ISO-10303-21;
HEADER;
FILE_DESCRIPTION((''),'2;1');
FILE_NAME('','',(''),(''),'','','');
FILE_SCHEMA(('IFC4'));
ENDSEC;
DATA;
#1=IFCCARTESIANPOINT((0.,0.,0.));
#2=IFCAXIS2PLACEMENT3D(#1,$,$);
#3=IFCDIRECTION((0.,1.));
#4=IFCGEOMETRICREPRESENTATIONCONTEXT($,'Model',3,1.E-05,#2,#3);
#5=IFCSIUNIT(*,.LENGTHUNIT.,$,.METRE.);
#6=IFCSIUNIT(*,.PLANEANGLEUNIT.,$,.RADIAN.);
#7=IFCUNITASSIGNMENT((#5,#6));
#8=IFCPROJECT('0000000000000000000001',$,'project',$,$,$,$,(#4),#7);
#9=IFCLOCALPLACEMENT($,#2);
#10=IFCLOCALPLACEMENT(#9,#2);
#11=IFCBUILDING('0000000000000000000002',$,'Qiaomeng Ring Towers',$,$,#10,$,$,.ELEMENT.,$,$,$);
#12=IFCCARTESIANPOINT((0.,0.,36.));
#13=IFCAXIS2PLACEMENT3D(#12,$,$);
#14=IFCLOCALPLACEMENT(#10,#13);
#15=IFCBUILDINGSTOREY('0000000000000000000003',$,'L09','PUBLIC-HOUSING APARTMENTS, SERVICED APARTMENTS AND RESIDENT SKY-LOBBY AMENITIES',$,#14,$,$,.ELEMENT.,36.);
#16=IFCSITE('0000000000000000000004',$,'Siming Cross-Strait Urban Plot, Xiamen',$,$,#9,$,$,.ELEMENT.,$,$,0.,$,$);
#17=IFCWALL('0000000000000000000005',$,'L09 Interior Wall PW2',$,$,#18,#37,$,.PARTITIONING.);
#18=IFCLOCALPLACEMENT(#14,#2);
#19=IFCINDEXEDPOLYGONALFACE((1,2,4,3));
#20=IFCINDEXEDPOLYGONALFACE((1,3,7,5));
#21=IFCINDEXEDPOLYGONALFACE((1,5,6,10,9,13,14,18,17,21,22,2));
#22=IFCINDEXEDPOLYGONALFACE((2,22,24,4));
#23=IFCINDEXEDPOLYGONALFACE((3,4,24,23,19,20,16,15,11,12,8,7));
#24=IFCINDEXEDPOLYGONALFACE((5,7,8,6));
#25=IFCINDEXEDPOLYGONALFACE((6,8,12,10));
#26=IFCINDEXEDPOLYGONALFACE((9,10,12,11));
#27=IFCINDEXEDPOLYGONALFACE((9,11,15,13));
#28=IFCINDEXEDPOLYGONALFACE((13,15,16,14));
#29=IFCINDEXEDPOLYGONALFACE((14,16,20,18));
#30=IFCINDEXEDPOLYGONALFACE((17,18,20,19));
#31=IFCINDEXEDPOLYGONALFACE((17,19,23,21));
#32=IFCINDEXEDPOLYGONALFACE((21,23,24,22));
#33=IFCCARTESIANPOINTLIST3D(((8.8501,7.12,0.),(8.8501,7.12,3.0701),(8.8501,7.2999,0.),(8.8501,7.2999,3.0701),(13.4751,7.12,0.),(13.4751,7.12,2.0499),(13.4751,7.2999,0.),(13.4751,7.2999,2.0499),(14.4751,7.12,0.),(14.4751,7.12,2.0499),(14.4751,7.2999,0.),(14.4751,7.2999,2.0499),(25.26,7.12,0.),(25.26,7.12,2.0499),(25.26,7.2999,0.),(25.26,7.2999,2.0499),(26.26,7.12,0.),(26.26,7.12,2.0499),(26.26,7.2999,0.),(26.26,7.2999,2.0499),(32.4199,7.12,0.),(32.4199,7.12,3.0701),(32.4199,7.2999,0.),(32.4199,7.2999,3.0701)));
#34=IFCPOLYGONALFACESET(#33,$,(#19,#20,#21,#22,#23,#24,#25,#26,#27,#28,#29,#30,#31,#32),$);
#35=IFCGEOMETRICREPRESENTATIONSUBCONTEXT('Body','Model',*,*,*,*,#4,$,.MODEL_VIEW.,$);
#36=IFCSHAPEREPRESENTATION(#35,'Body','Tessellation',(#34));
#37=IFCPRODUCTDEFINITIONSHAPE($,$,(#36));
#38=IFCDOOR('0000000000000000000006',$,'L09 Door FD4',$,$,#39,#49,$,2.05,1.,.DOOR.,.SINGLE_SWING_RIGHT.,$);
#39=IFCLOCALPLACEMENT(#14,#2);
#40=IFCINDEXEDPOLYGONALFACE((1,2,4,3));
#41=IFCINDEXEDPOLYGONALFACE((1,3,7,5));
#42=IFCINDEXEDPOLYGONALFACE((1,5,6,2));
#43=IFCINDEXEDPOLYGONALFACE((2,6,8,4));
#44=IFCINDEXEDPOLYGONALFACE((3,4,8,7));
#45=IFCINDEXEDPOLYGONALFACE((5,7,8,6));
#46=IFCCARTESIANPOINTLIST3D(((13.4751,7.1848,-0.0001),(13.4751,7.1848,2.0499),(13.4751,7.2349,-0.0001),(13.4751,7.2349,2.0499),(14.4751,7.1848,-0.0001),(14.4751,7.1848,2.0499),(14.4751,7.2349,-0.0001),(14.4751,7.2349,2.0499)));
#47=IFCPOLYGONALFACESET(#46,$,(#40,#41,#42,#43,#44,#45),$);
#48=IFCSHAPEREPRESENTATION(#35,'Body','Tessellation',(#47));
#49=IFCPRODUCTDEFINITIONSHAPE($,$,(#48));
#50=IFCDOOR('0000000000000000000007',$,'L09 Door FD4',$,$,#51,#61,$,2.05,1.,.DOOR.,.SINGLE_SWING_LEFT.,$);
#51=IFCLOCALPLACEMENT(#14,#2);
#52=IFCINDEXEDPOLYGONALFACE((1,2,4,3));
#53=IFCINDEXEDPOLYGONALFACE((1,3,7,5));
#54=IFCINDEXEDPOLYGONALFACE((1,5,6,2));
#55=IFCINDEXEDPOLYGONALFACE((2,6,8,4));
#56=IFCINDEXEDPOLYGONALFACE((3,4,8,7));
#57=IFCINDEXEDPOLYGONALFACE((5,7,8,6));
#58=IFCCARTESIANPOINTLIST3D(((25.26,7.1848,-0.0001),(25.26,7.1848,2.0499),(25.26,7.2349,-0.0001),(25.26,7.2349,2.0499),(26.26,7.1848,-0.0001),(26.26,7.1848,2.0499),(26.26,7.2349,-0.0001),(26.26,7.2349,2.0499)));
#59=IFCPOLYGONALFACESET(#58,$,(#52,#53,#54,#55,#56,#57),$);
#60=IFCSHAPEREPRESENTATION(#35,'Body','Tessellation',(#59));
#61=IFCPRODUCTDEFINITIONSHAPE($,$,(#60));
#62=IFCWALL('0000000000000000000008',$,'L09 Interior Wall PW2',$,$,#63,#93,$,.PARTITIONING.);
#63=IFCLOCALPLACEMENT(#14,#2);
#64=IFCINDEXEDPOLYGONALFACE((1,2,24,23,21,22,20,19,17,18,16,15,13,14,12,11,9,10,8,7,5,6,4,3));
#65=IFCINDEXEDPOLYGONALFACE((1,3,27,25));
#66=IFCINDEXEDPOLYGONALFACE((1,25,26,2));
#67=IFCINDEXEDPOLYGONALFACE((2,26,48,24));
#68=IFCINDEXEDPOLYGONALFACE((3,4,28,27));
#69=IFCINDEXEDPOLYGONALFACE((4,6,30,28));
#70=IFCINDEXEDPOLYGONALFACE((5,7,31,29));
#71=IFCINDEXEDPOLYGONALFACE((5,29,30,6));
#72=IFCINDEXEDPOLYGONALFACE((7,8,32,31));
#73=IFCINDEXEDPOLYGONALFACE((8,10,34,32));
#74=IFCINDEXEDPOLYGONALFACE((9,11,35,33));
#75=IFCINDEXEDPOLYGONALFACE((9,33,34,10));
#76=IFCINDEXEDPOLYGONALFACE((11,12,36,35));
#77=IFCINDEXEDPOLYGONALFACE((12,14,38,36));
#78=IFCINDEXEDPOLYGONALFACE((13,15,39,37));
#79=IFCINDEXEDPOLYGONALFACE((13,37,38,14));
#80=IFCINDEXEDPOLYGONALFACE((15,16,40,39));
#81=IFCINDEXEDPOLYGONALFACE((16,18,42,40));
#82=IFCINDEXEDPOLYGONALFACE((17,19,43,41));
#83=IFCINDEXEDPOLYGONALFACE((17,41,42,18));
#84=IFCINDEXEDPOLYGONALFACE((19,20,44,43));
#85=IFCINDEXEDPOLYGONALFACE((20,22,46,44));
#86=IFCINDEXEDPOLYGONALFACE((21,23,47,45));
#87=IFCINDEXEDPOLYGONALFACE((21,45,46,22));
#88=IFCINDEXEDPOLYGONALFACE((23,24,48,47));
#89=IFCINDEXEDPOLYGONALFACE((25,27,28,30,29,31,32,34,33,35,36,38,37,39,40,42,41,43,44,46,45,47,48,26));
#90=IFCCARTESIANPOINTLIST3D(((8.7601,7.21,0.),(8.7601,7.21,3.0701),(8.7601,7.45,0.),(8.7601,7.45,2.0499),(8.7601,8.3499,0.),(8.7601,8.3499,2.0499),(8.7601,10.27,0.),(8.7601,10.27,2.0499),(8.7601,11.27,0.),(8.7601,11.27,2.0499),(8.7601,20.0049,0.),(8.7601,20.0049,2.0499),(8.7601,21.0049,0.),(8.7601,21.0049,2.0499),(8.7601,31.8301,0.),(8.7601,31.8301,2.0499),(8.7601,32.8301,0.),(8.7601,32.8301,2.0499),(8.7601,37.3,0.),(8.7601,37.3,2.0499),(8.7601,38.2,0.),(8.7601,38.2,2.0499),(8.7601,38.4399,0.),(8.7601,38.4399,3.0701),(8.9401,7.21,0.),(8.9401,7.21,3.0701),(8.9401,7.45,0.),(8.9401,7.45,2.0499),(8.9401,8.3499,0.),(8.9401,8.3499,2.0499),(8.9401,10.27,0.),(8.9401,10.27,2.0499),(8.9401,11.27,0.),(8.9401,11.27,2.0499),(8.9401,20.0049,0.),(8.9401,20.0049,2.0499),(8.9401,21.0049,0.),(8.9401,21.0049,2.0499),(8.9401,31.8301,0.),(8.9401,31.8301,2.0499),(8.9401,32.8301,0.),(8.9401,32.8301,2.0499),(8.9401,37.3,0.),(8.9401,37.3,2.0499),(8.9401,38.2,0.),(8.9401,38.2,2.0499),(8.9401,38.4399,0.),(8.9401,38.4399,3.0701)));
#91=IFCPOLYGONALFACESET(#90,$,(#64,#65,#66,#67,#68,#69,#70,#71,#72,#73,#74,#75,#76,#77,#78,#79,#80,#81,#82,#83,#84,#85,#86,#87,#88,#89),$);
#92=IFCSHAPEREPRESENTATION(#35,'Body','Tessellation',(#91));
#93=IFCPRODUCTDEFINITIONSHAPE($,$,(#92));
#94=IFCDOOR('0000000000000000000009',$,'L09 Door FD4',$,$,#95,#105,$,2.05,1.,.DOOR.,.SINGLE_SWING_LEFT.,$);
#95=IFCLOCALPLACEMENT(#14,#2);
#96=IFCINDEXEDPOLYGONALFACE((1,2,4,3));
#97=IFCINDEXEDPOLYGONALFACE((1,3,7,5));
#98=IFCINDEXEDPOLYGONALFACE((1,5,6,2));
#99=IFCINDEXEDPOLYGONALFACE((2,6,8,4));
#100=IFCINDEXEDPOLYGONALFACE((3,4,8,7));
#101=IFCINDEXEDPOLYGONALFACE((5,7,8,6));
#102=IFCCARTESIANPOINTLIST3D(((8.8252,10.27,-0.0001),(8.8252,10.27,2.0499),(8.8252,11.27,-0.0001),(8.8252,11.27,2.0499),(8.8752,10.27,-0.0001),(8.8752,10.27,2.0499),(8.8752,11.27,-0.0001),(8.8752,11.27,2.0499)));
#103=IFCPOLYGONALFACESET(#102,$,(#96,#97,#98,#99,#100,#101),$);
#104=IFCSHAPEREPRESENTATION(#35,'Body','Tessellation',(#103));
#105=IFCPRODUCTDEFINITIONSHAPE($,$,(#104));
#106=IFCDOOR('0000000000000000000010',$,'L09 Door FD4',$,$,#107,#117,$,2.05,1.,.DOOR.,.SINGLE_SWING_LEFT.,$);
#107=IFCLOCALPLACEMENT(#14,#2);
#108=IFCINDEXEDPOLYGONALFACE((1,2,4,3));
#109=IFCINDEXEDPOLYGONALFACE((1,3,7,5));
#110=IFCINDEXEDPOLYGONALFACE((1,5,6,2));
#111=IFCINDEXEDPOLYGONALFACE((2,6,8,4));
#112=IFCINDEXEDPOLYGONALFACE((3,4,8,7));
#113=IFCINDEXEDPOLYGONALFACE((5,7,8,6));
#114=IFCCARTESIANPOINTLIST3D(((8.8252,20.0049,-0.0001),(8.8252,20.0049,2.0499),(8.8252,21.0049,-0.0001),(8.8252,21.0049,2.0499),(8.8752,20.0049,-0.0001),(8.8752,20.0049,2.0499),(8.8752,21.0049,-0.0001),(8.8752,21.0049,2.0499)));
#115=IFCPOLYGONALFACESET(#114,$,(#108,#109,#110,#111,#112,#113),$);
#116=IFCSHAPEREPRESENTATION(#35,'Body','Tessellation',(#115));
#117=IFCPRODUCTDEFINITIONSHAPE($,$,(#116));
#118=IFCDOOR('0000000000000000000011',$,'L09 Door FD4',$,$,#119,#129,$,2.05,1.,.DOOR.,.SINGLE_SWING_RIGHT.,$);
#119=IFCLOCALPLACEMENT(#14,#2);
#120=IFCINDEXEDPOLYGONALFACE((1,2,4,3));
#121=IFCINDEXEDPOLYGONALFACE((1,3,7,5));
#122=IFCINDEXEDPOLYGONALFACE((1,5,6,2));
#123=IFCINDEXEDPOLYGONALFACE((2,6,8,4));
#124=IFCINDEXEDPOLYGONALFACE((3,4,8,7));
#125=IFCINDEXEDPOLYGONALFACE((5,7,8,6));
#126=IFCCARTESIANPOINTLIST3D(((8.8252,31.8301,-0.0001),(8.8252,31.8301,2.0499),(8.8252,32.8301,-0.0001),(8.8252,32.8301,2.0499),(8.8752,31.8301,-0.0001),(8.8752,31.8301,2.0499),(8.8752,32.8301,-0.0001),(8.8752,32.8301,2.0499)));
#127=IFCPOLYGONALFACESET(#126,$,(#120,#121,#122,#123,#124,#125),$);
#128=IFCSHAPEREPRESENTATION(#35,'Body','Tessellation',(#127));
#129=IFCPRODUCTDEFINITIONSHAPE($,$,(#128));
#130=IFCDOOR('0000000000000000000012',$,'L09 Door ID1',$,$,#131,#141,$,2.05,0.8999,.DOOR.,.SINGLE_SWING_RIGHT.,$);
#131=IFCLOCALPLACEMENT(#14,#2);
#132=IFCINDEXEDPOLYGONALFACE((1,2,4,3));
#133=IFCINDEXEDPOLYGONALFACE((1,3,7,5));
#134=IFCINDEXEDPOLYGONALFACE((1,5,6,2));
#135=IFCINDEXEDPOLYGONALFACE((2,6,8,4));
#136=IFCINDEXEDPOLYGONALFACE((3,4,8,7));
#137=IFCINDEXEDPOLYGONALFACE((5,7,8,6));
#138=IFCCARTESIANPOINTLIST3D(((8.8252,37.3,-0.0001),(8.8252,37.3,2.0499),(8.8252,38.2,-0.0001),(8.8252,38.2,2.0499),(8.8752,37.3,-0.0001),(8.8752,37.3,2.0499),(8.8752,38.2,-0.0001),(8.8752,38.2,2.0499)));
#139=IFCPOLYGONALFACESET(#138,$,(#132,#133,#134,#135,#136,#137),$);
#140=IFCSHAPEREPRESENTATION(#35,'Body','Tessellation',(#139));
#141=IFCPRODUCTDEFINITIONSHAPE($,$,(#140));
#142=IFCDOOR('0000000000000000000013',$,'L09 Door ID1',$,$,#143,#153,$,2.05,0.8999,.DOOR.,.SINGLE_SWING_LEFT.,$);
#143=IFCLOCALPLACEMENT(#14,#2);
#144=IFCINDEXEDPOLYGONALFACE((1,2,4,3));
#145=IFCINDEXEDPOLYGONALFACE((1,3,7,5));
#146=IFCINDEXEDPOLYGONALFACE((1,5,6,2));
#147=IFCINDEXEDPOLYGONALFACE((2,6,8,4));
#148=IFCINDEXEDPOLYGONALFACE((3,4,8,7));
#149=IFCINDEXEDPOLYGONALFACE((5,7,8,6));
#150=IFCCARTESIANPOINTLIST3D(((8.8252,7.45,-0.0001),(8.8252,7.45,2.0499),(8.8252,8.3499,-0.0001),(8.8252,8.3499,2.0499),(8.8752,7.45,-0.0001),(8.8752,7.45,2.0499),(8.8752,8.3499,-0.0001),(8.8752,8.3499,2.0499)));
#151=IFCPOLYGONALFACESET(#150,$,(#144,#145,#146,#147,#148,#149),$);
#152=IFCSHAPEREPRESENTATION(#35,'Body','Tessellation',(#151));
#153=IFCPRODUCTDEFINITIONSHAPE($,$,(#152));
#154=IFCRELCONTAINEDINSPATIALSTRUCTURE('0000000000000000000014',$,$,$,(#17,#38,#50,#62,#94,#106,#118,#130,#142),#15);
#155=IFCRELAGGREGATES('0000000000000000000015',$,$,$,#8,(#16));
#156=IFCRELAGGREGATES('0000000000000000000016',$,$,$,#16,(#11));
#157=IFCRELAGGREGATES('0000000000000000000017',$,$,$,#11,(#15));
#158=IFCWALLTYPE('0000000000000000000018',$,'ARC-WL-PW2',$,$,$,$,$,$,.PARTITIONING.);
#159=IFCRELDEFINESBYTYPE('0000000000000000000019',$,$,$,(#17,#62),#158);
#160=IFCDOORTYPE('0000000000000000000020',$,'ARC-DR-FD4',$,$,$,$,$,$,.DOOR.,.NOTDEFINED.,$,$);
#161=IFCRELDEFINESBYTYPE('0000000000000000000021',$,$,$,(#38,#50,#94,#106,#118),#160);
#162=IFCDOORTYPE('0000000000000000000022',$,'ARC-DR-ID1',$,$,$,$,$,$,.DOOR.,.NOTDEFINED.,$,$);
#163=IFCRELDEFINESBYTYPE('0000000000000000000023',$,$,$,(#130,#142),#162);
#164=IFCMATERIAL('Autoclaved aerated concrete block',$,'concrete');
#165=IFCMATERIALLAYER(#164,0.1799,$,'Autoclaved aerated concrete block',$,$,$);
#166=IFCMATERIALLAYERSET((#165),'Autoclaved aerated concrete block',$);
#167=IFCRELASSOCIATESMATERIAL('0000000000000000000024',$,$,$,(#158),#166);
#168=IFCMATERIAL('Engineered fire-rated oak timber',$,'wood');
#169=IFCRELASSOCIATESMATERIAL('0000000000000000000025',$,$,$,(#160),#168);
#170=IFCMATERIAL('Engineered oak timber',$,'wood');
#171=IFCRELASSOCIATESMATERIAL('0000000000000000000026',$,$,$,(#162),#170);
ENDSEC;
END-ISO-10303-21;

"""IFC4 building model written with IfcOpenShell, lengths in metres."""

from ifc_helpers import new_model, si_unit, direction, frame, frame_2d, origin, place, context, subcontext, project, spatial, rectangle, extrude, source, transform, mapped, material, layer, layer_set, type_object, element, fill, save


model = new_model("IFC4")

# Units and contexts
model_context = context("Model", 3, precision=1e-05, world=origin(), true_north=direction((0.0, 1.0)))
body_context = subcontext(model_context, "Body", "Model", "MODEL_VIEW")
ifc_project = project(units=[si_unit("LENGTHUNIT", "METRE"), si_unit("PLANEANGLEUNIT", "RADIAN")], contexts=[model_context])

# Site, building, storey
site_placement = place(None, origin())
site = spatial("IfcSite", under=ifc_project, at=site_placement, Name="Siming Cross-Strait Urban Plot, Xiamen", CompositionType="ELEMENT", RefElevation=0.0)
building_placement = place(site_placement, origin())
building = spatial("IfcBuilding", under=site, at=building_placement, Name="Qiaomeng Ring Towers", CompositionType="ELEMENT")
storey_placement = place(building_placement, frame((0.0, 0.0, 36.0)))
storey = spatial("IfcBuildingStorey", under=building, at=storey_placement, Name="L09", Description="PUBLIC-HOUSING APARTMENTS, SERVICED APARTMENTS AND RESIDENT SKY-LOBBY AMENITIES", CompositionType="ELEMENT", Elevation=36.0)

# Walls, openings, doors
ifc_material_1 = material(Name="Autoclaved aerated concrete block", Category="concrete")
ifc_layer_1 = layer(ifc_material_1, 0.1799, Name="Autoclaved aerated concrete block")
ifc_layer_set_1 = layer_set([ifc_layer_1], Name="Autoclaved aerated concrete block")
wall_type_1 = type_object("IfcWallType", Name="ARC-WL-PW2", PredefinedType="PARTITIONING", material=ifc_layer_set_1)
wall_1_placement = place(storey_placement, frame((8.8501, 7.21, 0.0), z_axis=(0.0, 0.0, 1.0), x_axis=(1.0, 0.0, 0.0)))
wall_1 = element("IfcWall", 1, at=wall_1_placement, inside=storey, type_object=wall_type_1, Name="L09 Interior Wall PW2", PredefinedType="PARTITIONING", context=body_context, shape_type="SweptSolid", body=[
    extrude(rectangle(XDim=23.5698, YDim=0.1799, at=frame_2d((11.7849, 0.0))), origin(), (0.0, 0.0, 1.0), 3.0701),
])
opening_1_placement = place(wall_1_placement, frame((4.625, 0.0, 0.0)))
opening_1 = element("IfcOpeningElement", 2, at=opening_1_placement, cuts=wall_1, PredefinedType="OPENING", context=body_context, shape_type="SweptSolid", body=[
    extrude(rectangle(XDim=1.0, YDim=2.05, at=frame_2d((0.5, 1.0249))), frame((0.0, 0.0999, 0.0), z_axis=(0.0, -1.0, 0.0), x_axis=(1.0, 0.0, 0.0)), (0.0, 0.0, 1.0), 0.2),
])
opening_2_placement = place(wall_1_placement, frame((16.4099, 0.0, 0.0)))
opening_2 = element("IfcOpeningElement", 3, at=opening_2_placement, cuts=wall_1, PredefinedType="OPENING", context=body_context, shape_type="SweptSolid", body=[
    extrude(rectangle(XDim=1.0, YDim=2.05, at=frame_2d((0.5, 1.0249))), frame((0.0, 0.0999, 0.0), z_axis=(0.0, -1.0, 0.0), x_axis=(1.0, 0.0, 0.0)), (0.0, 0.0, 1.0), 0.2),
])
ifc_material_2 = material(Name="Engineered fire-rated oak timber", Category="wood")
door_type_1 = type_object("IfcDoorType", Name="ARC-DR-FD4", OperationType="NOTDEFINED", PredefinedType="DOOR", material=ifc_material_2)
shared_shape_1 = source(origin(), body_context, "Body", "SweptSolid", [
    extrude(rectangle(XDim=1.0, YDim=2.05, at=frame_2d((0.5, 1.0249))), frame((0.0, 0.0249, 0.0), z_axis=(0.0, -1.0, 0.0), x_axis=(1.0, 0.0, 0.0)), (0.0, 0.0, 1.0), 0.05),
])
door_1_placement = place(opening_1_placement, origin())
door_1 = element("IfcDoor", 4, at=door_1_placement, inside=storey, type_object=door_type_1, Name="L09 Door FD4", OperationType="SINGLE_SWING_RIGHT", OverallHeight=2.05, OverallWidth=1.0, PredefinedType="DOOR", context=body_context, shape_type="MappedRepresentation", body=[
    mapped(shared_shape_1, transform((0.0, 0.0, 0.0), x_axis=(1.0, 0.0, 0.0), y_axis=(0.0, 1.0, 0.0), z_axis=(0.0, 0.0, 1.0), scale=1.0)),
])
fill(opening_1, door_1)
door_2_placement = place(opening_2_placement, origin())
door_2 = element("IfcDoor", 5, at=door_2_placement, inside=storey, type_object=door_type_1, Name="L09 Door FD4", OperationType="SINGLE_SWING_LEFT", OverallHeight=2.05, OverallWidth=1.0, PredefinedType="DOOR", context=body_context, shape_type="MappedRepresentation", body=[
    mapped(shared_shape_1, transform((0.0, 0.0, 0.0), x_axis=(1.0, 0.0, 0.0), y_axis=(0.0, 1.0, 0.0), z_axis=(0.0, 0.0, 1.0), scale=1.0)),
])
fill(opening_2, door_2)
wall_2_placement = place(storey_placement, frame((8.8501, 7.21, 0.0), z_axis=(0.0, 0.0, 1.0), x_axis=(0.0, 1.0, 0.0)))
wall_2 = element("IfcWall", 6, at=wall_2_placement, inside=storey, type_object=wall_type_1, Name="L09 Interior Wall PW2", PredefinedType="PARTITIONING", context=body_context, shape_type="SweptSolid", body=[
    extrude(rectangle(XDim=31.23, YDim=0.1799, at=frame_2d((15.615, 0.0))), origin(), (0.0, 0.0, 1.0), 3.0701),
])
opening_3_placement = place(wall_2_placement, frame((30.0901, 0.0, 0.0)))
opening_3 = element("IfcOpeningElement", 7, at=opening_3_placement, cuts=wall_2, PredefinedType="OPENING", context=body_context, shape_type="SweptSolid", body=[
    extrude(rectangle(XDim=0.8999, YDim=2.05, at=frame_2d((0.45, 1.0249))), frame((0.0, 0.0999, 0.0), z_axis=(0.0, -1.0, 0.0), x_axis=(1.0, 0.0, 0.0)), (0.0, 0.0, 1.0), 0.2),
])
opening_4_placement = place(wall_2_placement, frame((0.24, 0.0, 0.0)))
opening_4 = element("IfcOpeningElement", 8, at=opening_4_placement, cuts=wall_2, PredefinedType="OPENING", context=body_context, shape_type="SweptSolid", body=[
    extrude(rectangle(XDim=0.8999, YDim=2.05, at=frame_2d((0.45, 1.0249))), frame((0.0, 0.0999, 0.0), z_axis=(0.0, -1.0, 0.0), x_axis=(1.0, 0.0, 0.0)), (0.0, 0.0, 1.0), 0.2),
])
opening_5_placement = place(wall_2_placement, frame((3.0601, 0.0, 0.0)))
opening_5 = element("IfcOpeningElement", 9, at=opening_5_placement, cuts=wall_2, PredefinedType="OPENING", context=body_context, shape_type="SweptSolid", body=[
    extrude(rectangle(XDim=1.0, YDim=2.05, at=frame_2d((0.5, 1.0249))), frame((0.0, 0.0999, 0.0), z_axis=(0.0, -1.0, 0.0), x_axis=(1.0, 0.0, 0.0)), (0.0, 0.0, 1.0), 0.2),
])
opening_6_placement = place(wall_2_placement, frame((12.7949, 0.0, 0.0)))
opening_6 = element("IfcOpeningElement", 10, at=opening_6_placement, cuts=wall_2, PredefinedType="OPENING", context=body_context, shape_type="SweptSolid", body=[
    extrude(rectangle(XDim=1.0, YDim=2.05, at=frame_2d((0.5, 1.0249))), frame((0.0, 0.0999, 0.0), z_axis=(0.0, -1.0, 0.0), x_axis=(1.0, 0.0, 0.0)), (0.0, 0.0, 1.0), 0.2),
])
opening_7_placement = place(wall_2_placement, frame((24.6201, 0.0, 0.0)))
opening_7 = element("IfcOpeningElement", 11, at=opening_7_placement, cuts=wall_2, PredefinedType="OPENING", context=body_context, shape_type="SweptSolid", body=[
    extrude(rectangle(XDim=1.0, YDim=2.05, at=frame_2d((0.5, 1.0249))), frame((0.0, 0.0999, 0.0), z_axis=(0.0, -1.0, 0.0), x_axis=(1.0, 0.0, 0.0)), (0.0, 0.0, 1.0), 0.2),
])
door_3_placement = place(opening_5_placement, origin())
door_3 = element("IfcDoor", 12, at=door_3_placement, inside=storey, type_object=door_type_1, Name="L09 Door FD4", OperationType="SINGLE_SWING_LEFT", OverallHeight=2.05, OverallWidth=1.0, PredefinedType="DOOR", context=body_context, shape_type="MappedRepresentation", body=[
    mapped(shared_shape_1, transform((0.0, 0.0, 0.0), x_axis=(1.0, 0.0, 0.0), y_axis=(0.0, 1.0, 0.0), z_axis=(0.0, 0.0, 1.0), scale=1.0)),
])
fill(opening_5, door_3)
door_4_placement = place(opening_6_placement, origin())
door_4 = element("IfcDoor", 13, at=door_4_placement, inside=storey, type_object=door_type_1, Name="L09 Door FD4", OperationType="SINGLE_SWING_LEFT", OverallHeight=2.05, OverallWidth=1.0, PredefinedType="DOOR", context=body_context, shape_type="MappedRepresentation", body=[
    mapped(shared_shape_1, transform((0.0, 0.0, 0.0), x_axis=(1.0, 0.0, 0.0), y_axis=(0.0, 1.0, 0.0), z_axis=(0.0, 0.0, 1.0), scale=1.0)),
])
fill(opening_6, door_4)
door_5_placement = place(opening_7_placement, origin())
door_5 = element("IfcDoor", 14, at=door_5_placement, inside=storey, type_object=door_type_1, Name="L09 Door FD4", OperationType="SINGLE_SWING_RIGHT", OverallHeight=2.05, OverallWidth=1.0, PredefinedType="DOOR", context=body_context, shape_type="MappedRepresentation", body=[
    mapped(shared_shape_1, transform((0.0, 0.0, 0.0), x_axis=(1.0, 0.0, 0.0), y_axis=(0.0, 1.0, 0.0), z_axis=(0.0, 0.0, 1.0), scale=1.0)),
])
fill(opening_7, door_5)
ifc_material_3 = material(Name="Engineered oak timber", Category="wood")
door_type_2 = type_object("IfcDoorType", Name="ARC-DR-ID1", OperationType="NOTDEFINED", PredefinedType="DOOR", material=ifc_material_3)
shared_shape_2 = source(origin(), body_context, "Body", "SweptSolid", [
    extrude(rectangle(XDim=0.8999, YDim=2.05, at=frame_2d((0.45, 1.0249))), frame((0.0, 0.0249, 0.0), z_axis=(0.0, -1.0, 0.0), x_axis=(1.0, 0.0, 0.0)), (0.0, 0.0, 1.0), 0.05),
])
door_6_placement = place(opening_3_placement, origin())
door_6 = element("IfcDoor", 15, at=door_6_placement, inside=storey, type_object=door_type_2, Name="L09 Door ID1", OperationType="SINGLE_SWING_RIGHT", OverallHeight=2.05, OverallWidth=0.8999, PredefinedType="DOOR", context=body_context, shape_type="MappedRepresentation", body=[
    mapped(shared_shape_2, transform((0.0, 0.0, 0.0), x_axis=(1.0, 0.0, 0.0), y_axis=(0.0, 1.0, 0.0), z_axis=(0.0, 0.0, 1.0), scale=1.0)),
])
fill(opening_3, door_6)
door_7_placement = place(opening_4_placement, origin())
door_7 = element("IfcDoor", 16, at=door_7_placement, inside=storey, type_object=door_type_2, Name="L09 Door ID1", OperationType="SINGLE_SWING_LEFT", OverallHeight=2.05, OverallWidth=0.8999, PredefinedType="DOOR", context=body_context, shape_type="MappedRepresentation", body=[
    mapped(shared_shape_2, transform((0.0, 0.0, 0.0), x_axis=(1.0, 0.0, 0.0), y_axis=(0.0, 1.0, 0.0), z_axis=(0.0, 0.0, 1.0), scale=1.0)),
])
fill(opening_4, door_7)

save(model, "model.ifc")
